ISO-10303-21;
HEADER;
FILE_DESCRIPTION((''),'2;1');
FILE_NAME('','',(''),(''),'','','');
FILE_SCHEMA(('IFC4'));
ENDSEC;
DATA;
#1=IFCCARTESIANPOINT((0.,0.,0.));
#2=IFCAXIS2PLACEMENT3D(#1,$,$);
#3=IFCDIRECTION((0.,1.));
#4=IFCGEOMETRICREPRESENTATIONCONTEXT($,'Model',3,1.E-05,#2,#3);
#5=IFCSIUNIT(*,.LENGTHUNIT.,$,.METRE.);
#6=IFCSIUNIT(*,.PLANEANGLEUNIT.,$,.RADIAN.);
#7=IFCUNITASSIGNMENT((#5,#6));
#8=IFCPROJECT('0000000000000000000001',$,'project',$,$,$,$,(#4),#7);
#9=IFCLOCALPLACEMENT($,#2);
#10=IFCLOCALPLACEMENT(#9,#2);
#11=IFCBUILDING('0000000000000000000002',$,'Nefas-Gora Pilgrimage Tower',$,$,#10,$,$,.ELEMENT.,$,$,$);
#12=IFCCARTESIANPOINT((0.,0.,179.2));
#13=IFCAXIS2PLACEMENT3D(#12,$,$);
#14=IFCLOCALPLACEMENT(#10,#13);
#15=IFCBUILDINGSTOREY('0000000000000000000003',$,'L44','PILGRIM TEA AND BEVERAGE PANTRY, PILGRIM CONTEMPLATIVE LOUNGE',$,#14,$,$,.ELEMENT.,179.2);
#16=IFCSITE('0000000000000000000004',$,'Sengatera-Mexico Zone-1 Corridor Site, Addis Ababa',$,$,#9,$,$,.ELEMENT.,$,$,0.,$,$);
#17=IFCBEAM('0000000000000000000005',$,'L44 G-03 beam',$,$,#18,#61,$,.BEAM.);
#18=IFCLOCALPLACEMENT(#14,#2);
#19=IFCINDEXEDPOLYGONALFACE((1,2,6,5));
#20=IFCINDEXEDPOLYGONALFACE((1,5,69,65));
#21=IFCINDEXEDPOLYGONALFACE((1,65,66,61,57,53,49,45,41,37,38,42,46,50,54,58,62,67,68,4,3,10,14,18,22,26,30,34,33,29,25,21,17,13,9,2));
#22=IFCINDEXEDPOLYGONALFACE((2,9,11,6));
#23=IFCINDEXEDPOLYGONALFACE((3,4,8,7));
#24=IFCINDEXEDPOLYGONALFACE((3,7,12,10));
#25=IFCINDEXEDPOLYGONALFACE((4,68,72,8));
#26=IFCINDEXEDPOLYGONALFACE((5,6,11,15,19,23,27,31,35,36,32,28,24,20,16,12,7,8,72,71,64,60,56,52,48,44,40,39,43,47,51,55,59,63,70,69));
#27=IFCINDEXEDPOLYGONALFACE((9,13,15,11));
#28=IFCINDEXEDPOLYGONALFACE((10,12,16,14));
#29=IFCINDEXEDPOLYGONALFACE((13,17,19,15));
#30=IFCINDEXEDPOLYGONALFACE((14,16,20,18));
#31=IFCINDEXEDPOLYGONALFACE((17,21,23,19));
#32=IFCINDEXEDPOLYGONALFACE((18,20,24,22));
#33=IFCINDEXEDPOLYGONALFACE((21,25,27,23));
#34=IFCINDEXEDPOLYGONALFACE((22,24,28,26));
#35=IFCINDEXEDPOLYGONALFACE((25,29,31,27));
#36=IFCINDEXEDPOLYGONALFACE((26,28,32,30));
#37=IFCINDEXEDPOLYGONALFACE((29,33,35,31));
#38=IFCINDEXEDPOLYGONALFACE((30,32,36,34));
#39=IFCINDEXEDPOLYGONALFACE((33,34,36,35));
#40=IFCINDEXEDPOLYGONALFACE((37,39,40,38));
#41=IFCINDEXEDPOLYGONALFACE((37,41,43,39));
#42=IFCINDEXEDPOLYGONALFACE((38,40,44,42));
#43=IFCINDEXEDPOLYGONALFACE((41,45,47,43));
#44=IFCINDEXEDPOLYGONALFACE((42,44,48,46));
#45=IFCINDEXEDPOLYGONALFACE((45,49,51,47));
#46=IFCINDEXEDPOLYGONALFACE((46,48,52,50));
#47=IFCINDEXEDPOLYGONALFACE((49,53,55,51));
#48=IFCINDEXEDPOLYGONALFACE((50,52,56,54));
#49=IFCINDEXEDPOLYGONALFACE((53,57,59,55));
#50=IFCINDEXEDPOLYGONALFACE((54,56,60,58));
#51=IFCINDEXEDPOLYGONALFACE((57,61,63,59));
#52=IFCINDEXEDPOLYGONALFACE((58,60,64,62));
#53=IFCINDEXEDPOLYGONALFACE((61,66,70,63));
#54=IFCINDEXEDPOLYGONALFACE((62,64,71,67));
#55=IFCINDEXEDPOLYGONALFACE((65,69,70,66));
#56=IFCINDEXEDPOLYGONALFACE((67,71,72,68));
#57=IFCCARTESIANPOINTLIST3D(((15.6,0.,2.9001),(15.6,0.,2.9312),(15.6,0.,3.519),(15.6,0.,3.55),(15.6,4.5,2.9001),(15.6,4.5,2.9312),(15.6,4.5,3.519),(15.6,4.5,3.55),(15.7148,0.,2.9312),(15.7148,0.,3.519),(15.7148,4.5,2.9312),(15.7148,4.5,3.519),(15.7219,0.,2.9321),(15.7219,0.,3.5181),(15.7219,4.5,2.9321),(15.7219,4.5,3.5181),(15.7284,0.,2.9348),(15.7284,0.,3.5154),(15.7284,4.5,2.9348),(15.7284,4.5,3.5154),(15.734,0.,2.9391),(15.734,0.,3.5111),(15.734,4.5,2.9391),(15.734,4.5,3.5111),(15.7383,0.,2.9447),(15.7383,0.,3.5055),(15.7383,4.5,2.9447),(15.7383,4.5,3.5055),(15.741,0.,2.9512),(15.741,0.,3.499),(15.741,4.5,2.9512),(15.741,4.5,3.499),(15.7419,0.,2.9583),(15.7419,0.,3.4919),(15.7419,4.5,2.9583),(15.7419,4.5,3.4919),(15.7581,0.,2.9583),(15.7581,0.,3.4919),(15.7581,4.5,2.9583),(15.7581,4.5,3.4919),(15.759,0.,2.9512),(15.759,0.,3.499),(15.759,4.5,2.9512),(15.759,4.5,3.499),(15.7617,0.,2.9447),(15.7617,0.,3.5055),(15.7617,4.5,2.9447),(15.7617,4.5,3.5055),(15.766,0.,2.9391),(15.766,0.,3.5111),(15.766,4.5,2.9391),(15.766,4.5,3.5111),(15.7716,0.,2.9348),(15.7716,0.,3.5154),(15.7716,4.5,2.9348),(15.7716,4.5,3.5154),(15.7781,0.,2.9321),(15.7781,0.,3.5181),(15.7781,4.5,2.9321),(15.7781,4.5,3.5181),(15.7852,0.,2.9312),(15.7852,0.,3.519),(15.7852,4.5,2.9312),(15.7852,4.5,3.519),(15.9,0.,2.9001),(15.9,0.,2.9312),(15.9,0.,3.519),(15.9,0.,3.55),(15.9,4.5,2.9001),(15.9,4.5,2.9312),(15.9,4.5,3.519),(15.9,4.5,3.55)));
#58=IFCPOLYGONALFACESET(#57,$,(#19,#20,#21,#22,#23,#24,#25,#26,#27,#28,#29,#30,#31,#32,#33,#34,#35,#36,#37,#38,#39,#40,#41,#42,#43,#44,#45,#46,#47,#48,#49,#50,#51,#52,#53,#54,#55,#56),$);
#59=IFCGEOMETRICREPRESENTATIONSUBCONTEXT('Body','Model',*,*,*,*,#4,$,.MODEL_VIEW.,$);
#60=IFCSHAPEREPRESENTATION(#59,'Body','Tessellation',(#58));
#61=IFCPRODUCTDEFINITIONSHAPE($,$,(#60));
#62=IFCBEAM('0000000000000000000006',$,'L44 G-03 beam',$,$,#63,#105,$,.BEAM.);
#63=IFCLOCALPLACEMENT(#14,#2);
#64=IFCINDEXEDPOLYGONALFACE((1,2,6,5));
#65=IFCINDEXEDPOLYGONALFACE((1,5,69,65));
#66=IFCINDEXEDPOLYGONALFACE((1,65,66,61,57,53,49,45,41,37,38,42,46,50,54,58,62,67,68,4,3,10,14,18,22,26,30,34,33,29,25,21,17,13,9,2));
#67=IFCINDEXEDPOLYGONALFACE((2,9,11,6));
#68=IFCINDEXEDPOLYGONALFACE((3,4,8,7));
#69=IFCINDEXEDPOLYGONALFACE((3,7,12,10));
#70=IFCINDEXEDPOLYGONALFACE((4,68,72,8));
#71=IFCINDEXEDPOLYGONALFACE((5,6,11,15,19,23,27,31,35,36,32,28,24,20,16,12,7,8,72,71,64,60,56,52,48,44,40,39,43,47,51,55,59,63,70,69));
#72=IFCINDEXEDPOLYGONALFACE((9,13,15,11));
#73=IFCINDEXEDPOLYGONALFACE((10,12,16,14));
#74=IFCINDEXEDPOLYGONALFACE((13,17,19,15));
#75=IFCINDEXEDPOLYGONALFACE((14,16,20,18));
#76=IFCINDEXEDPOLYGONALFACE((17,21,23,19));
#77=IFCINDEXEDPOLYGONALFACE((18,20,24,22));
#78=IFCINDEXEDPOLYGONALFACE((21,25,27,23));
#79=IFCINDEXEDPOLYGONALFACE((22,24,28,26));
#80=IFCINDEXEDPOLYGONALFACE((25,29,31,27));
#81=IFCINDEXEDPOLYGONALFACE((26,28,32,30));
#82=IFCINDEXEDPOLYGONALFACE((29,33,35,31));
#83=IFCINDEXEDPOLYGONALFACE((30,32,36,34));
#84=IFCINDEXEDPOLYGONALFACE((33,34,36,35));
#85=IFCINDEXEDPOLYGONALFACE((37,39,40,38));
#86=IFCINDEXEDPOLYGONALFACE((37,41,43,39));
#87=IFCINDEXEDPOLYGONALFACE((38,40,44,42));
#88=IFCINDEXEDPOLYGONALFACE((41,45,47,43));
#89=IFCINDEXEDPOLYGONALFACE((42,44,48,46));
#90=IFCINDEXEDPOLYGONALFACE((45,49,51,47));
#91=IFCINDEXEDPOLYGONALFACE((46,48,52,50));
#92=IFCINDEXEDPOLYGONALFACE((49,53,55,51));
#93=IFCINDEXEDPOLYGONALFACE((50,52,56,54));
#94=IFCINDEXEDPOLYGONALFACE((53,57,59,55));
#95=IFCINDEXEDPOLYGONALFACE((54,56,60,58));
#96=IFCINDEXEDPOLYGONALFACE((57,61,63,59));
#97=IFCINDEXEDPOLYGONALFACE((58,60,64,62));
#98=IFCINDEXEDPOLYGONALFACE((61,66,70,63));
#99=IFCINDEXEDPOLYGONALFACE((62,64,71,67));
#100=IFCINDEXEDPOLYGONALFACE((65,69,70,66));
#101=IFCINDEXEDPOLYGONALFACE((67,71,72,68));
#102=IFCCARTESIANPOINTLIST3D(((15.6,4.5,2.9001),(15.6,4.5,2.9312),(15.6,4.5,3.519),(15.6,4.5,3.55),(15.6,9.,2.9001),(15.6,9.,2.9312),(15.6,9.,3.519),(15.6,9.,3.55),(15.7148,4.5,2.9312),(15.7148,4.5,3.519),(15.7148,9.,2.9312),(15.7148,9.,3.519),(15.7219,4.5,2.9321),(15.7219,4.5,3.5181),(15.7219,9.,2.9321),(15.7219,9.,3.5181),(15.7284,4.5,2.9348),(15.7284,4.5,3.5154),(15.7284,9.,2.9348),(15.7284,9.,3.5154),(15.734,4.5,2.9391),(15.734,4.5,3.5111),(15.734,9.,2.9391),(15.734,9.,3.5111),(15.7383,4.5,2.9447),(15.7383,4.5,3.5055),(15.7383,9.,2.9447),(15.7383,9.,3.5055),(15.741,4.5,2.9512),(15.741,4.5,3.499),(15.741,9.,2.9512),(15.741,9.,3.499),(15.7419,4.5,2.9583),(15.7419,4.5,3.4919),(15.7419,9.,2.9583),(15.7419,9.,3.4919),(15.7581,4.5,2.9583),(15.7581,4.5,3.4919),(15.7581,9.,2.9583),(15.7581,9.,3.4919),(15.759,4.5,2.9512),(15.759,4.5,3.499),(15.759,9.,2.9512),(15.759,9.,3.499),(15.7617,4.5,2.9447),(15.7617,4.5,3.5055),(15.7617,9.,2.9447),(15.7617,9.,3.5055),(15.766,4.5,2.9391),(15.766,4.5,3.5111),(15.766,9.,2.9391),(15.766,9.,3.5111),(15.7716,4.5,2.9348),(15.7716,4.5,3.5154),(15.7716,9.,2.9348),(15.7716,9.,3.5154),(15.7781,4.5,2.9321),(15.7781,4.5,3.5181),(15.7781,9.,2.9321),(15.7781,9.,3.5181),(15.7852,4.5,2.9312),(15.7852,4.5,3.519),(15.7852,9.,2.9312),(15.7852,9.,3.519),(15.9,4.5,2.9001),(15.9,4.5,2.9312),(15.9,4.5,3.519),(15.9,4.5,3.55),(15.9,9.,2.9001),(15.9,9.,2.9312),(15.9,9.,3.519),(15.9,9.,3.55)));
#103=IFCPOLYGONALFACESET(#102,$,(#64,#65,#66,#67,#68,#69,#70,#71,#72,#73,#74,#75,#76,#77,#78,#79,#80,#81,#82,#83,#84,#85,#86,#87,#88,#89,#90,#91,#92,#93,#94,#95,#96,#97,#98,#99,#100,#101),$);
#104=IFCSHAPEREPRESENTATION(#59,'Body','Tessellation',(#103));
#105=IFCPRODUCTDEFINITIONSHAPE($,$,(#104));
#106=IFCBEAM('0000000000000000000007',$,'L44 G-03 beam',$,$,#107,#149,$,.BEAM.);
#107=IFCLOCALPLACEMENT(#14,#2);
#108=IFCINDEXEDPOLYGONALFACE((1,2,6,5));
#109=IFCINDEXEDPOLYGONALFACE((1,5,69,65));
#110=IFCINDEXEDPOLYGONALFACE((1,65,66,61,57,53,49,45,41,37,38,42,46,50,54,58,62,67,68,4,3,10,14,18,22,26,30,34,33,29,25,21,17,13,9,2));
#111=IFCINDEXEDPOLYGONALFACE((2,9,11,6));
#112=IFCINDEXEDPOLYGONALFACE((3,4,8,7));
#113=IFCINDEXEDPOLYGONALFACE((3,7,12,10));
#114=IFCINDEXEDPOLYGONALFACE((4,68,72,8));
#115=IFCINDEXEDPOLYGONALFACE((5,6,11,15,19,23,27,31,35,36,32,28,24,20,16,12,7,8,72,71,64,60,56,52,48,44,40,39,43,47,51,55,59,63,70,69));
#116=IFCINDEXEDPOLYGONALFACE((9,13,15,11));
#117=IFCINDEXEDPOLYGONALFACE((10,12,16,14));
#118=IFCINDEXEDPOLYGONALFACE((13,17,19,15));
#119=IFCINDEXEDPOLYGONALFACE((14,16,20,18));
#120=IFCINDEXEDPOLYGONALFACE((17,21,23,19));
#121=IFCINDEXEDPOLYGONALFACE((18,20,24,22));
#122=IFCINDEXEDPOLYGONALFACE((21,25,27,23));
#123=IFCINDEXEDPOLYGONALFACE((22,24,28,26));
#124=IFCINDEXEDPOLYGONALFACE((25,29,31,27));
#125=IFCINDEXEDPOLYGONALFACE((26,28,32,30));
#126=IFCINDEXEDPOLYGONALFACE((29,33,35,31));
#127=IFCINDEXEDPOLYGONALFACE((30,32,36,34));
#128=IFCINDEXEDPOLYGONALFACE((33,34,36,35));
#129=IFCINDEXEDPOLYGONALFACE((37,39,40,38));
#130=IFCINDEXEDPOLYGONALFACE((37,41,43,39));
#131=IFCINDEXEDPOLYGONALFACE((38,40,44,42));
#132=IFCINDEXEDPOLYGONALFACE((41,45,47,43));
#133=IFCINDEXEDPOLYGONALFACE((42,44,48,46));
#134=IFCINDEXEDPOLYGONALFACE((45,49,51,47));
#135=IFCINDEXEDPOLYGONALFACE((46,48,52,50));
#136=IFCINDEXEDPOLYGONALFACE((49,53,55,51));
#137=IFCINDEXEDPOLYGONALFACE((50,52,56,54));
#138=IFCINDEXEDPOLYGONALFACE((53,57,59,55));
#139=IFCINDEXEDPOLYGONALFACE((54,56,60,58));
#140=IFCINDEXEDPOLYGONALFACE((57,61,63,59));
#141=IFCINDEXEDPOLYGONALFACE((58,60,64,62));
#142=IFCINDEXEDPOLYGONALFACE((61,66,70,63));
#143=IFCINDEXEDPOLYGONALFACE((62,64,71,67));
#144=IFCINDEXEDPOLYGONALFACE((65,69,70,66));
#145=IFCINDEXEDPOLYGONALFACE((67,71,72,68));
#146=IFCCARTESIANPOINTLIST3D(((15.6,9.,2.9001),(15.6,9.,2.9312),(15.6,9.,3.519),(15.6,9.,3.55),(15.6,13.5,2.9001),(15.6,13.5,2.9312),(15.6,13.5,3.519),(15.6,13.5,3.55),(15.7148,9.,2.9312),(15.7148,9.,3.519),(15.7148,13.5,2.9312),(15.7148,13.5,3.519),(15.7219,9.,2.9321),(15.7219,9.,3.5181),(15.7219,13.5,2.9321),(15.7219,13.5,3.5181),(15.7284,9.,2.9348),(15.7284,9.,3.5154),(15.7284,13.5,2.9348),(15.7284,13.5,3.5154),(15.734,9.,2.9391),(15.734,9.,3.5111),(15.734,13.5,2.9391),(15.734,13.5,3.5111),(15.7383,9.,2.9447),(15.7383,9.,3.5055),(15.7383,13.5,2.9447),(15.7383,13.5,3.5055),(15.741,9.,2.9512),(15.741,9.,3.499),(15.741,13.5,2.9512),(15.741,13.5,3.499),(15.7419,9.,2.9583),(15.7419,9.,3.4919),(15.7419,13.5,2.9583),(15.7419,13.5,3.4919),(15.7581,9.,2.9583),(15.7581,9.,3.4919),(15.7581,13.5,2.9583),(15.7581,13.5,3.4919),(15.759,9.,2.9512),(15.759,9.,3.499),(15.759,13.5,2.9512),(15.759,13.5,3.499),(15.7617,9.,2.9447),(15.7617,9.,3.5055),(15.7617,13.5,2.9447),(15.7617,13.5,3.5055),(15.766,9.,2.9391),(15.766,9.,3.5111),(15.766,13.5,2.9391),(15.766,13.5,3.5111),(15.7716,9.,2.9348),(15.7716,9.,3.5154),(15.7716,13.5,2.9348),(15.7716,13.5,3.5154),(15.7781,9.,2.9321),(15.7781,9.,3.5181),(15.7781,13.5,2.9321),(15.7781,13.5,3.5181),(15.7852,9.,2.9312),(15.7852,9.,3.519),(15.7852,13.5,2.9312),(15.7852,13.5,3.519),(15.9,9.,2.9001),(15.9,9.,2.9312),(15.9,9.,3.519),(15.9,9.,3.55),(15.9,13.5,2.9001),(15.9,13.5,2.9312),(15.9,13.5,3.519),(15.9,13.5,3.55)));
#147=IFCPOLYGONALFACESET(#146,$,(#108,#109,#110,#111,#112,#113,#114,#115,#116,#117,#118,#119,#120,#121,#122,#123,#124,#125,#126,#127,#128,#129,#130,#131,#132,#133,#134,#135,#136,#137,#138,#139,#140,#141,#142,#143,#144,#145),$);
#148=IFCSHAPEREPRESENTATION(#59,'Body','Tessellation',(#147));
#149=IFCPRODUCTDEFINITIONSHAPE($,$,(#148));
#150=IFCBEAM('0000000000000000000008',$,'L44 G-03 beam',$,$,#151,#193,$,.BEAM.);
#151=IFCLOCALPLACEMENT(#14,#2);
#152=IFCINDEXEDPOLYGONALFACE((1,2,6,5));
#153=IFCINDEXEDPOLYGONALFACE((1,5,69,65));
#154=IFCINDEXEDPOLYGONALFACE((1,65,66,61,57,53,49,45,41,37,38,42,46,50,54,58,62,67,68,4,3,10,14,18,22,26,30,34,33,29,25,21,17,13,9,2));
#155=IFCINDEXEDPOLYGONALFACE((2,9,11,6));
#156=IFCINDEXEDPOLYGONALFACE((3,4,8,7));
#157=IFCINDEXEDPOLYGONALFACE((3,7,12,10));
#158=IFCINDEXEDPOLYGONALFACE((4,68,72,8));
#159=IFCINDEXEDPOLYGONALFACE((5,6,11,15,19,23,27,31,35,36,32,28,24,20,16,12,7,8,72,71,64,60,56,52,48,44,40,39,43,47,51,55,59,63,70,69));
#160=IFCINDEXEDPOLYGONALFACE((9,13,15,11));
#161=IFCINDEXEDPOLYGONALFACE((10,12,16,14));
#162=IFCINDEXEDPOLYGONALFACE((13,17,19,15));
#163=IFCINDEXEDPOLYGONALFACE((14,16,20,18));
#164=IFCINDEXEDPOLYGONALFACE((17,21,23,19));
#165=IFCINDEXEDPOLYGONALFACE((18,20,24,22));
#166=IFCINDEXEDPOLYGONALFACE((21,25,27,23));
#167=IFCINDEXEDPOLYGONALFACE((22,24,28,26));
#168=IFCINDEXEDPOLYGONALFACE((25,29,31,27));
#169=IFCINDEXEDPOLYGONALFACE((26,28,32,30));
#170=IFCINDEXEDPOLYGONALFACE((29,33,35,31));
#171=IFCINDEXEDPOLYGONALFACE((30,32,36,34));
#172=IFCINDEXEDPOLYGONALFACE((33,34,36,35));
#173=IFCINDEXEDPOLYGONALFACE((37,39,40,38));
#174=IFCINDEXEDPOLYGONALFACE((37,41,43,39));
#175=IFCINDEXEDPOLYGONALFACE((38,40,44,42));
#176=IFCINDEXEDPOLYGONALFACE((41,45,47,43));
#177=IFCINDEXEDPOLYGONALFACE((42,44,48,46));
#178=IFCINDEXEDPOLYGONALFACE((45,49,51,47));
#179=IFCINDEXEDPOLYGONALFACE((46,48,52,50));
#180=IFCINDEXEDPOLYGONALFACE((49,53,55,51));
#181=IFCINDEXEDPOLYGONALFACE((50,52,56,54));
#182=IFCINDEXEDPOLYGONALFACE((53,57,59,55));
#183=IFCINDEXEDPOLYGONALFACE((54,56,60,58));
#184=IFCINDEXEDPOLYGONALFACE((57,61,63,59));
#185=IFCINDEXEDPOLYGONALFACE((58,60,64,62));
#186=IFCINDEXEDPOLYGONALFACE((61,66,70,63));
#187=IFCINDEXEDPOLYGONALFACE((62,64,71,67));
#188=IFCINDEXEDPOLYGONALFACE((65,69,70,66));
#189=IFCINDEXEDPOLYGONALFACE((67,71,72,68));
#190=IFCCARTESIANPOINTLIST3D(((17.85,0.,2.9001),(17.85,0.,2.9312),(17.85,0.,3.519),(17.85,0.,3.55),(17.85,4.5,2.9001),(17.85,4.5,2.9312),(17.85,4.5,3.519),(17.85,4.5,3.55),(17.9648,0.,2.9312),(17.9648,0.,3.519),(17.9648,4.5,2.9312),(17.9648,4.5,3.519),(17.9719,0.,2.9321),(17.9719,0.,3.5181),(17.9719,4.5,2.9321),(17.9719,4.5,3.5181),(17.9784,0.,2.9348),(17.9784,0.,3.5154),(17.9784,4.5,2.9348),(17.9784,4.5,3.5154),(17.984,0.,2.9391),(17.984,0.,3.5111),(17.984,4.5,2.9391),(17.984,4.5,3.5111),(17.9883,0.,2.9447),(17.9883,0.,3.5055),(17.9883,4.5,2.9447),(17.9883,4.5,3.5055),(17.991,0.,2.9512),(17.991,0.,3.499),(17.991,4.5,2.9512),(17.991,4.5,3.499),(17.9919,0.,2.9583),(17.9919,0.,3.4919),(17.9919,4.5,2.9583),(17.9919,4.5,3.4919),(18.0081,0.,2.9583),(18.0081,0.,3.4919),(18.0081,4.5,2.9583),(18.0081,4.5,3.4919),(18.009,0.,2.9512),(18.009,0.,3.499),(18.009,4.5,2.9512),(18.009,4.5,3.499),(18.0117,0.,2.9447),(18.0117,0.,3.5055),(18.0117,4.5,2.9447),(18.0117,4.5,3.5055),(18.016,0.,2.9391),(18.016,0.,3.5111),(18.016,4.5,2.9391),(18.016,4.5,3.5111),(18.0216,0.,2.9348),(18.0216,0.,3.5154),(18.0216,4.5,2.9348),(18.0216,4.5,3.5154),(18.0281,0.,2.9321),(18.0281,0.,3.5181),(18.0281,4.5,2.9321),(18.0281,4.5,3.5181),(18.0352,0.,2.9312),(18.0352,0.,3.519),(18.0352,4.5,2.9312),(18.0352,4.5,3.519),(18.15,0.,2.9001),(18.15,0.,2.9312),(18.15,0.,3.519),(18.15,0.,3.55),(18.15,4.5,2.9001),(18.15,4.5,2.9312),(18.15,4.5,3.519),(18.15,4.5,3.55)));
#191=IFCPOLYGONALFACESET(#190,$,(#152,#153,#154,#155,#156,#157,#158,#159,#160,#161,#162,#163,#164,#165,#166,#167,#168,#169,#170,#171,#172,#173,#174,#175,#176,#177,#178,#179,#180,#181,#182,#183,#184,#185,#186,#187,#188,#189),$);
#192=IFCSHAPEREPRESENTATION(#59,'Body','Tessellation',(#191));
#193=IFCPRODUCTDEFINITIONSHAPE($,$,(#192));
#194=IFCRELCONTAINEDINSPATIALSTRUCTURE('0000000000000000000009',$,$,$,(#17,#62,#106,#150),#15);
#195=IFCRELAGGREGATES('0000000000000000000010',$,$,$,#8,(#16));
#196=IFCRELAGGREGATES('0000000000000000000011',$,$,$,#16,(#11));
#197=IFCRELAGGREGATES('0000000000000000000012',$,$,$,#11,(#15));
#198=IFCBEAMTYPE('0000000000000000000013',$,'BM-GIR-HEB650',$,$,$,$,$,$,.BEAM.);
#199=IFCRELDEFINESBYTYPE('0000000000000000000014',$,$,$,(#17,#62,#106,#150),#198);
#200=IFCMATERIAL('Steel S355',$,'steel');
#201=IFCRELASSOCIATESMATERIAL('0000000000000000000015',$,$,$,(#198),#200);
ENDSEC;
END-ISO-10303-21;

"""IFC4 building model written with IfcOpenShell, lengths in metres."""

from ifc_helpers import new_model, si_unit, direction, frame, origin, origin_2d, place, context, subcontext, project, spatial, i_section, extrude, source, transform, mapped, material, material_profile, profile_set, type_object, element, save


model = new_model("IFC4")

# Units and contexts
model_context = context("Model", 3, precision=1e-05, world=origin(), true_north=direction((0.0, 1.0)))
body_context = subcontext(model_context, "Body", "Model", "MODEL_VIEW")
ifc_project = project(units=[si_unit("LENGTHUNIT", "METRE"), si_unit("PLANEANGLEUNIT", "RADIAN")], contexts=[model_context])

# Site, building, storey
site_placement = place(None, origin())
site = spatial("IfcSite", under=ifc_project, at=site_placement, Name="Sengatera-Mexico Zone-1 Corridor Site, Addis Ababa", CompositionType="ELEMENT", RefElevation=0.0)
building_placement = place(site_placement, origin())
building = spatial("IfcBuilding", under=site, at=building_placement, Name="Nefas-Gora Pilgrimage Tower", CompositionType="ELEMENT")
storey_placement = place(building_placement, frame((0.0, 0.0, 179.2)))
storey = spatial("IfcBuildingStorey", under=building, at=storey_placement, Name="L44", Description="PILGRIM TEA AND BEVERAGE PANTRY, PILGRIM CONTEMPLATIVE LOUNGE", CompositionType="ELEMENT", Elevation=179.2)

# Beams
ifc_material_1 = material(Name="Steel S355", Category="steel")
ifc_material_profile_1 = material_profile(ifc_material_1, i_section(OverallWidth=0.3, OverallDepth=0.6499, WebThickness=0.0161, FlangeThickness=0.031, FilletRadius=0.0271, at=origin_2d()), Name="HEB 650")
ifc_profile_set_1 = profile_set([ifc_material_profile_1], Name="Steel S355")
beam_type_1 = type_object("IfcBeamType", Name="BM-GIR-HEB650", PredefinedType="BEAM", material=ifc_profile_set_1)
shared_shape_1 = source(origin(), body_context, "Body", "SweptSolid", [
    extrude(i_section(OverallWidth=0.3, OverallDepth=0.6499, WebThickness=0.0161, FlangeThickness=0.031, FilletRadius=0.0271, at=origin_2d()), origin(), (0.0, 0.0, 1.0), 4.5),
])
for number, where, z_axis, x_axis, name in (
    (1, (15.75, 0.0, 3.2251), (0.0, 1.0, 0.0), (-1.0, 0.0, 0.0), "L44 G-03 beam"),
    (2, (15.75, 4.5, 3.2251), (0.0, 1.0, 0.0), (-1.0, 0.0, 0.0), "L44 G-03 beam"),
    (3, (15.75, 9.0, 3.2251), (0.0, 1.0, 0.0), (-1.0, 0.0, 0.0), "L44 G-03 beam"),
    (4, (18.0, 0.0, 3.2251), (0.0, 1.0, 0.0), (-1.0, 0.0, 0.0), "L44 G-03 beam"),
):
    element("IfcBeam", number, at=place(storey_placement, frame(where, z_axis=z_axis, x_axis=x_axis)), inside=storey, type_object=beam_type_1, Name=name, PredefinedType="BEAM", context=body_context, shape_type="MappedRepresentation", body=[
        mapped(shared_shape_1, transform((0.0, 0.0, 0.0), x_axis=(1.0, 0.0, 0.0), y_axis=(0.0, 1.0, 0.0), z_axis=(0.0, 0.0, 1.0), scale=1.0)),
    ])

save(model, "model.ifc")
